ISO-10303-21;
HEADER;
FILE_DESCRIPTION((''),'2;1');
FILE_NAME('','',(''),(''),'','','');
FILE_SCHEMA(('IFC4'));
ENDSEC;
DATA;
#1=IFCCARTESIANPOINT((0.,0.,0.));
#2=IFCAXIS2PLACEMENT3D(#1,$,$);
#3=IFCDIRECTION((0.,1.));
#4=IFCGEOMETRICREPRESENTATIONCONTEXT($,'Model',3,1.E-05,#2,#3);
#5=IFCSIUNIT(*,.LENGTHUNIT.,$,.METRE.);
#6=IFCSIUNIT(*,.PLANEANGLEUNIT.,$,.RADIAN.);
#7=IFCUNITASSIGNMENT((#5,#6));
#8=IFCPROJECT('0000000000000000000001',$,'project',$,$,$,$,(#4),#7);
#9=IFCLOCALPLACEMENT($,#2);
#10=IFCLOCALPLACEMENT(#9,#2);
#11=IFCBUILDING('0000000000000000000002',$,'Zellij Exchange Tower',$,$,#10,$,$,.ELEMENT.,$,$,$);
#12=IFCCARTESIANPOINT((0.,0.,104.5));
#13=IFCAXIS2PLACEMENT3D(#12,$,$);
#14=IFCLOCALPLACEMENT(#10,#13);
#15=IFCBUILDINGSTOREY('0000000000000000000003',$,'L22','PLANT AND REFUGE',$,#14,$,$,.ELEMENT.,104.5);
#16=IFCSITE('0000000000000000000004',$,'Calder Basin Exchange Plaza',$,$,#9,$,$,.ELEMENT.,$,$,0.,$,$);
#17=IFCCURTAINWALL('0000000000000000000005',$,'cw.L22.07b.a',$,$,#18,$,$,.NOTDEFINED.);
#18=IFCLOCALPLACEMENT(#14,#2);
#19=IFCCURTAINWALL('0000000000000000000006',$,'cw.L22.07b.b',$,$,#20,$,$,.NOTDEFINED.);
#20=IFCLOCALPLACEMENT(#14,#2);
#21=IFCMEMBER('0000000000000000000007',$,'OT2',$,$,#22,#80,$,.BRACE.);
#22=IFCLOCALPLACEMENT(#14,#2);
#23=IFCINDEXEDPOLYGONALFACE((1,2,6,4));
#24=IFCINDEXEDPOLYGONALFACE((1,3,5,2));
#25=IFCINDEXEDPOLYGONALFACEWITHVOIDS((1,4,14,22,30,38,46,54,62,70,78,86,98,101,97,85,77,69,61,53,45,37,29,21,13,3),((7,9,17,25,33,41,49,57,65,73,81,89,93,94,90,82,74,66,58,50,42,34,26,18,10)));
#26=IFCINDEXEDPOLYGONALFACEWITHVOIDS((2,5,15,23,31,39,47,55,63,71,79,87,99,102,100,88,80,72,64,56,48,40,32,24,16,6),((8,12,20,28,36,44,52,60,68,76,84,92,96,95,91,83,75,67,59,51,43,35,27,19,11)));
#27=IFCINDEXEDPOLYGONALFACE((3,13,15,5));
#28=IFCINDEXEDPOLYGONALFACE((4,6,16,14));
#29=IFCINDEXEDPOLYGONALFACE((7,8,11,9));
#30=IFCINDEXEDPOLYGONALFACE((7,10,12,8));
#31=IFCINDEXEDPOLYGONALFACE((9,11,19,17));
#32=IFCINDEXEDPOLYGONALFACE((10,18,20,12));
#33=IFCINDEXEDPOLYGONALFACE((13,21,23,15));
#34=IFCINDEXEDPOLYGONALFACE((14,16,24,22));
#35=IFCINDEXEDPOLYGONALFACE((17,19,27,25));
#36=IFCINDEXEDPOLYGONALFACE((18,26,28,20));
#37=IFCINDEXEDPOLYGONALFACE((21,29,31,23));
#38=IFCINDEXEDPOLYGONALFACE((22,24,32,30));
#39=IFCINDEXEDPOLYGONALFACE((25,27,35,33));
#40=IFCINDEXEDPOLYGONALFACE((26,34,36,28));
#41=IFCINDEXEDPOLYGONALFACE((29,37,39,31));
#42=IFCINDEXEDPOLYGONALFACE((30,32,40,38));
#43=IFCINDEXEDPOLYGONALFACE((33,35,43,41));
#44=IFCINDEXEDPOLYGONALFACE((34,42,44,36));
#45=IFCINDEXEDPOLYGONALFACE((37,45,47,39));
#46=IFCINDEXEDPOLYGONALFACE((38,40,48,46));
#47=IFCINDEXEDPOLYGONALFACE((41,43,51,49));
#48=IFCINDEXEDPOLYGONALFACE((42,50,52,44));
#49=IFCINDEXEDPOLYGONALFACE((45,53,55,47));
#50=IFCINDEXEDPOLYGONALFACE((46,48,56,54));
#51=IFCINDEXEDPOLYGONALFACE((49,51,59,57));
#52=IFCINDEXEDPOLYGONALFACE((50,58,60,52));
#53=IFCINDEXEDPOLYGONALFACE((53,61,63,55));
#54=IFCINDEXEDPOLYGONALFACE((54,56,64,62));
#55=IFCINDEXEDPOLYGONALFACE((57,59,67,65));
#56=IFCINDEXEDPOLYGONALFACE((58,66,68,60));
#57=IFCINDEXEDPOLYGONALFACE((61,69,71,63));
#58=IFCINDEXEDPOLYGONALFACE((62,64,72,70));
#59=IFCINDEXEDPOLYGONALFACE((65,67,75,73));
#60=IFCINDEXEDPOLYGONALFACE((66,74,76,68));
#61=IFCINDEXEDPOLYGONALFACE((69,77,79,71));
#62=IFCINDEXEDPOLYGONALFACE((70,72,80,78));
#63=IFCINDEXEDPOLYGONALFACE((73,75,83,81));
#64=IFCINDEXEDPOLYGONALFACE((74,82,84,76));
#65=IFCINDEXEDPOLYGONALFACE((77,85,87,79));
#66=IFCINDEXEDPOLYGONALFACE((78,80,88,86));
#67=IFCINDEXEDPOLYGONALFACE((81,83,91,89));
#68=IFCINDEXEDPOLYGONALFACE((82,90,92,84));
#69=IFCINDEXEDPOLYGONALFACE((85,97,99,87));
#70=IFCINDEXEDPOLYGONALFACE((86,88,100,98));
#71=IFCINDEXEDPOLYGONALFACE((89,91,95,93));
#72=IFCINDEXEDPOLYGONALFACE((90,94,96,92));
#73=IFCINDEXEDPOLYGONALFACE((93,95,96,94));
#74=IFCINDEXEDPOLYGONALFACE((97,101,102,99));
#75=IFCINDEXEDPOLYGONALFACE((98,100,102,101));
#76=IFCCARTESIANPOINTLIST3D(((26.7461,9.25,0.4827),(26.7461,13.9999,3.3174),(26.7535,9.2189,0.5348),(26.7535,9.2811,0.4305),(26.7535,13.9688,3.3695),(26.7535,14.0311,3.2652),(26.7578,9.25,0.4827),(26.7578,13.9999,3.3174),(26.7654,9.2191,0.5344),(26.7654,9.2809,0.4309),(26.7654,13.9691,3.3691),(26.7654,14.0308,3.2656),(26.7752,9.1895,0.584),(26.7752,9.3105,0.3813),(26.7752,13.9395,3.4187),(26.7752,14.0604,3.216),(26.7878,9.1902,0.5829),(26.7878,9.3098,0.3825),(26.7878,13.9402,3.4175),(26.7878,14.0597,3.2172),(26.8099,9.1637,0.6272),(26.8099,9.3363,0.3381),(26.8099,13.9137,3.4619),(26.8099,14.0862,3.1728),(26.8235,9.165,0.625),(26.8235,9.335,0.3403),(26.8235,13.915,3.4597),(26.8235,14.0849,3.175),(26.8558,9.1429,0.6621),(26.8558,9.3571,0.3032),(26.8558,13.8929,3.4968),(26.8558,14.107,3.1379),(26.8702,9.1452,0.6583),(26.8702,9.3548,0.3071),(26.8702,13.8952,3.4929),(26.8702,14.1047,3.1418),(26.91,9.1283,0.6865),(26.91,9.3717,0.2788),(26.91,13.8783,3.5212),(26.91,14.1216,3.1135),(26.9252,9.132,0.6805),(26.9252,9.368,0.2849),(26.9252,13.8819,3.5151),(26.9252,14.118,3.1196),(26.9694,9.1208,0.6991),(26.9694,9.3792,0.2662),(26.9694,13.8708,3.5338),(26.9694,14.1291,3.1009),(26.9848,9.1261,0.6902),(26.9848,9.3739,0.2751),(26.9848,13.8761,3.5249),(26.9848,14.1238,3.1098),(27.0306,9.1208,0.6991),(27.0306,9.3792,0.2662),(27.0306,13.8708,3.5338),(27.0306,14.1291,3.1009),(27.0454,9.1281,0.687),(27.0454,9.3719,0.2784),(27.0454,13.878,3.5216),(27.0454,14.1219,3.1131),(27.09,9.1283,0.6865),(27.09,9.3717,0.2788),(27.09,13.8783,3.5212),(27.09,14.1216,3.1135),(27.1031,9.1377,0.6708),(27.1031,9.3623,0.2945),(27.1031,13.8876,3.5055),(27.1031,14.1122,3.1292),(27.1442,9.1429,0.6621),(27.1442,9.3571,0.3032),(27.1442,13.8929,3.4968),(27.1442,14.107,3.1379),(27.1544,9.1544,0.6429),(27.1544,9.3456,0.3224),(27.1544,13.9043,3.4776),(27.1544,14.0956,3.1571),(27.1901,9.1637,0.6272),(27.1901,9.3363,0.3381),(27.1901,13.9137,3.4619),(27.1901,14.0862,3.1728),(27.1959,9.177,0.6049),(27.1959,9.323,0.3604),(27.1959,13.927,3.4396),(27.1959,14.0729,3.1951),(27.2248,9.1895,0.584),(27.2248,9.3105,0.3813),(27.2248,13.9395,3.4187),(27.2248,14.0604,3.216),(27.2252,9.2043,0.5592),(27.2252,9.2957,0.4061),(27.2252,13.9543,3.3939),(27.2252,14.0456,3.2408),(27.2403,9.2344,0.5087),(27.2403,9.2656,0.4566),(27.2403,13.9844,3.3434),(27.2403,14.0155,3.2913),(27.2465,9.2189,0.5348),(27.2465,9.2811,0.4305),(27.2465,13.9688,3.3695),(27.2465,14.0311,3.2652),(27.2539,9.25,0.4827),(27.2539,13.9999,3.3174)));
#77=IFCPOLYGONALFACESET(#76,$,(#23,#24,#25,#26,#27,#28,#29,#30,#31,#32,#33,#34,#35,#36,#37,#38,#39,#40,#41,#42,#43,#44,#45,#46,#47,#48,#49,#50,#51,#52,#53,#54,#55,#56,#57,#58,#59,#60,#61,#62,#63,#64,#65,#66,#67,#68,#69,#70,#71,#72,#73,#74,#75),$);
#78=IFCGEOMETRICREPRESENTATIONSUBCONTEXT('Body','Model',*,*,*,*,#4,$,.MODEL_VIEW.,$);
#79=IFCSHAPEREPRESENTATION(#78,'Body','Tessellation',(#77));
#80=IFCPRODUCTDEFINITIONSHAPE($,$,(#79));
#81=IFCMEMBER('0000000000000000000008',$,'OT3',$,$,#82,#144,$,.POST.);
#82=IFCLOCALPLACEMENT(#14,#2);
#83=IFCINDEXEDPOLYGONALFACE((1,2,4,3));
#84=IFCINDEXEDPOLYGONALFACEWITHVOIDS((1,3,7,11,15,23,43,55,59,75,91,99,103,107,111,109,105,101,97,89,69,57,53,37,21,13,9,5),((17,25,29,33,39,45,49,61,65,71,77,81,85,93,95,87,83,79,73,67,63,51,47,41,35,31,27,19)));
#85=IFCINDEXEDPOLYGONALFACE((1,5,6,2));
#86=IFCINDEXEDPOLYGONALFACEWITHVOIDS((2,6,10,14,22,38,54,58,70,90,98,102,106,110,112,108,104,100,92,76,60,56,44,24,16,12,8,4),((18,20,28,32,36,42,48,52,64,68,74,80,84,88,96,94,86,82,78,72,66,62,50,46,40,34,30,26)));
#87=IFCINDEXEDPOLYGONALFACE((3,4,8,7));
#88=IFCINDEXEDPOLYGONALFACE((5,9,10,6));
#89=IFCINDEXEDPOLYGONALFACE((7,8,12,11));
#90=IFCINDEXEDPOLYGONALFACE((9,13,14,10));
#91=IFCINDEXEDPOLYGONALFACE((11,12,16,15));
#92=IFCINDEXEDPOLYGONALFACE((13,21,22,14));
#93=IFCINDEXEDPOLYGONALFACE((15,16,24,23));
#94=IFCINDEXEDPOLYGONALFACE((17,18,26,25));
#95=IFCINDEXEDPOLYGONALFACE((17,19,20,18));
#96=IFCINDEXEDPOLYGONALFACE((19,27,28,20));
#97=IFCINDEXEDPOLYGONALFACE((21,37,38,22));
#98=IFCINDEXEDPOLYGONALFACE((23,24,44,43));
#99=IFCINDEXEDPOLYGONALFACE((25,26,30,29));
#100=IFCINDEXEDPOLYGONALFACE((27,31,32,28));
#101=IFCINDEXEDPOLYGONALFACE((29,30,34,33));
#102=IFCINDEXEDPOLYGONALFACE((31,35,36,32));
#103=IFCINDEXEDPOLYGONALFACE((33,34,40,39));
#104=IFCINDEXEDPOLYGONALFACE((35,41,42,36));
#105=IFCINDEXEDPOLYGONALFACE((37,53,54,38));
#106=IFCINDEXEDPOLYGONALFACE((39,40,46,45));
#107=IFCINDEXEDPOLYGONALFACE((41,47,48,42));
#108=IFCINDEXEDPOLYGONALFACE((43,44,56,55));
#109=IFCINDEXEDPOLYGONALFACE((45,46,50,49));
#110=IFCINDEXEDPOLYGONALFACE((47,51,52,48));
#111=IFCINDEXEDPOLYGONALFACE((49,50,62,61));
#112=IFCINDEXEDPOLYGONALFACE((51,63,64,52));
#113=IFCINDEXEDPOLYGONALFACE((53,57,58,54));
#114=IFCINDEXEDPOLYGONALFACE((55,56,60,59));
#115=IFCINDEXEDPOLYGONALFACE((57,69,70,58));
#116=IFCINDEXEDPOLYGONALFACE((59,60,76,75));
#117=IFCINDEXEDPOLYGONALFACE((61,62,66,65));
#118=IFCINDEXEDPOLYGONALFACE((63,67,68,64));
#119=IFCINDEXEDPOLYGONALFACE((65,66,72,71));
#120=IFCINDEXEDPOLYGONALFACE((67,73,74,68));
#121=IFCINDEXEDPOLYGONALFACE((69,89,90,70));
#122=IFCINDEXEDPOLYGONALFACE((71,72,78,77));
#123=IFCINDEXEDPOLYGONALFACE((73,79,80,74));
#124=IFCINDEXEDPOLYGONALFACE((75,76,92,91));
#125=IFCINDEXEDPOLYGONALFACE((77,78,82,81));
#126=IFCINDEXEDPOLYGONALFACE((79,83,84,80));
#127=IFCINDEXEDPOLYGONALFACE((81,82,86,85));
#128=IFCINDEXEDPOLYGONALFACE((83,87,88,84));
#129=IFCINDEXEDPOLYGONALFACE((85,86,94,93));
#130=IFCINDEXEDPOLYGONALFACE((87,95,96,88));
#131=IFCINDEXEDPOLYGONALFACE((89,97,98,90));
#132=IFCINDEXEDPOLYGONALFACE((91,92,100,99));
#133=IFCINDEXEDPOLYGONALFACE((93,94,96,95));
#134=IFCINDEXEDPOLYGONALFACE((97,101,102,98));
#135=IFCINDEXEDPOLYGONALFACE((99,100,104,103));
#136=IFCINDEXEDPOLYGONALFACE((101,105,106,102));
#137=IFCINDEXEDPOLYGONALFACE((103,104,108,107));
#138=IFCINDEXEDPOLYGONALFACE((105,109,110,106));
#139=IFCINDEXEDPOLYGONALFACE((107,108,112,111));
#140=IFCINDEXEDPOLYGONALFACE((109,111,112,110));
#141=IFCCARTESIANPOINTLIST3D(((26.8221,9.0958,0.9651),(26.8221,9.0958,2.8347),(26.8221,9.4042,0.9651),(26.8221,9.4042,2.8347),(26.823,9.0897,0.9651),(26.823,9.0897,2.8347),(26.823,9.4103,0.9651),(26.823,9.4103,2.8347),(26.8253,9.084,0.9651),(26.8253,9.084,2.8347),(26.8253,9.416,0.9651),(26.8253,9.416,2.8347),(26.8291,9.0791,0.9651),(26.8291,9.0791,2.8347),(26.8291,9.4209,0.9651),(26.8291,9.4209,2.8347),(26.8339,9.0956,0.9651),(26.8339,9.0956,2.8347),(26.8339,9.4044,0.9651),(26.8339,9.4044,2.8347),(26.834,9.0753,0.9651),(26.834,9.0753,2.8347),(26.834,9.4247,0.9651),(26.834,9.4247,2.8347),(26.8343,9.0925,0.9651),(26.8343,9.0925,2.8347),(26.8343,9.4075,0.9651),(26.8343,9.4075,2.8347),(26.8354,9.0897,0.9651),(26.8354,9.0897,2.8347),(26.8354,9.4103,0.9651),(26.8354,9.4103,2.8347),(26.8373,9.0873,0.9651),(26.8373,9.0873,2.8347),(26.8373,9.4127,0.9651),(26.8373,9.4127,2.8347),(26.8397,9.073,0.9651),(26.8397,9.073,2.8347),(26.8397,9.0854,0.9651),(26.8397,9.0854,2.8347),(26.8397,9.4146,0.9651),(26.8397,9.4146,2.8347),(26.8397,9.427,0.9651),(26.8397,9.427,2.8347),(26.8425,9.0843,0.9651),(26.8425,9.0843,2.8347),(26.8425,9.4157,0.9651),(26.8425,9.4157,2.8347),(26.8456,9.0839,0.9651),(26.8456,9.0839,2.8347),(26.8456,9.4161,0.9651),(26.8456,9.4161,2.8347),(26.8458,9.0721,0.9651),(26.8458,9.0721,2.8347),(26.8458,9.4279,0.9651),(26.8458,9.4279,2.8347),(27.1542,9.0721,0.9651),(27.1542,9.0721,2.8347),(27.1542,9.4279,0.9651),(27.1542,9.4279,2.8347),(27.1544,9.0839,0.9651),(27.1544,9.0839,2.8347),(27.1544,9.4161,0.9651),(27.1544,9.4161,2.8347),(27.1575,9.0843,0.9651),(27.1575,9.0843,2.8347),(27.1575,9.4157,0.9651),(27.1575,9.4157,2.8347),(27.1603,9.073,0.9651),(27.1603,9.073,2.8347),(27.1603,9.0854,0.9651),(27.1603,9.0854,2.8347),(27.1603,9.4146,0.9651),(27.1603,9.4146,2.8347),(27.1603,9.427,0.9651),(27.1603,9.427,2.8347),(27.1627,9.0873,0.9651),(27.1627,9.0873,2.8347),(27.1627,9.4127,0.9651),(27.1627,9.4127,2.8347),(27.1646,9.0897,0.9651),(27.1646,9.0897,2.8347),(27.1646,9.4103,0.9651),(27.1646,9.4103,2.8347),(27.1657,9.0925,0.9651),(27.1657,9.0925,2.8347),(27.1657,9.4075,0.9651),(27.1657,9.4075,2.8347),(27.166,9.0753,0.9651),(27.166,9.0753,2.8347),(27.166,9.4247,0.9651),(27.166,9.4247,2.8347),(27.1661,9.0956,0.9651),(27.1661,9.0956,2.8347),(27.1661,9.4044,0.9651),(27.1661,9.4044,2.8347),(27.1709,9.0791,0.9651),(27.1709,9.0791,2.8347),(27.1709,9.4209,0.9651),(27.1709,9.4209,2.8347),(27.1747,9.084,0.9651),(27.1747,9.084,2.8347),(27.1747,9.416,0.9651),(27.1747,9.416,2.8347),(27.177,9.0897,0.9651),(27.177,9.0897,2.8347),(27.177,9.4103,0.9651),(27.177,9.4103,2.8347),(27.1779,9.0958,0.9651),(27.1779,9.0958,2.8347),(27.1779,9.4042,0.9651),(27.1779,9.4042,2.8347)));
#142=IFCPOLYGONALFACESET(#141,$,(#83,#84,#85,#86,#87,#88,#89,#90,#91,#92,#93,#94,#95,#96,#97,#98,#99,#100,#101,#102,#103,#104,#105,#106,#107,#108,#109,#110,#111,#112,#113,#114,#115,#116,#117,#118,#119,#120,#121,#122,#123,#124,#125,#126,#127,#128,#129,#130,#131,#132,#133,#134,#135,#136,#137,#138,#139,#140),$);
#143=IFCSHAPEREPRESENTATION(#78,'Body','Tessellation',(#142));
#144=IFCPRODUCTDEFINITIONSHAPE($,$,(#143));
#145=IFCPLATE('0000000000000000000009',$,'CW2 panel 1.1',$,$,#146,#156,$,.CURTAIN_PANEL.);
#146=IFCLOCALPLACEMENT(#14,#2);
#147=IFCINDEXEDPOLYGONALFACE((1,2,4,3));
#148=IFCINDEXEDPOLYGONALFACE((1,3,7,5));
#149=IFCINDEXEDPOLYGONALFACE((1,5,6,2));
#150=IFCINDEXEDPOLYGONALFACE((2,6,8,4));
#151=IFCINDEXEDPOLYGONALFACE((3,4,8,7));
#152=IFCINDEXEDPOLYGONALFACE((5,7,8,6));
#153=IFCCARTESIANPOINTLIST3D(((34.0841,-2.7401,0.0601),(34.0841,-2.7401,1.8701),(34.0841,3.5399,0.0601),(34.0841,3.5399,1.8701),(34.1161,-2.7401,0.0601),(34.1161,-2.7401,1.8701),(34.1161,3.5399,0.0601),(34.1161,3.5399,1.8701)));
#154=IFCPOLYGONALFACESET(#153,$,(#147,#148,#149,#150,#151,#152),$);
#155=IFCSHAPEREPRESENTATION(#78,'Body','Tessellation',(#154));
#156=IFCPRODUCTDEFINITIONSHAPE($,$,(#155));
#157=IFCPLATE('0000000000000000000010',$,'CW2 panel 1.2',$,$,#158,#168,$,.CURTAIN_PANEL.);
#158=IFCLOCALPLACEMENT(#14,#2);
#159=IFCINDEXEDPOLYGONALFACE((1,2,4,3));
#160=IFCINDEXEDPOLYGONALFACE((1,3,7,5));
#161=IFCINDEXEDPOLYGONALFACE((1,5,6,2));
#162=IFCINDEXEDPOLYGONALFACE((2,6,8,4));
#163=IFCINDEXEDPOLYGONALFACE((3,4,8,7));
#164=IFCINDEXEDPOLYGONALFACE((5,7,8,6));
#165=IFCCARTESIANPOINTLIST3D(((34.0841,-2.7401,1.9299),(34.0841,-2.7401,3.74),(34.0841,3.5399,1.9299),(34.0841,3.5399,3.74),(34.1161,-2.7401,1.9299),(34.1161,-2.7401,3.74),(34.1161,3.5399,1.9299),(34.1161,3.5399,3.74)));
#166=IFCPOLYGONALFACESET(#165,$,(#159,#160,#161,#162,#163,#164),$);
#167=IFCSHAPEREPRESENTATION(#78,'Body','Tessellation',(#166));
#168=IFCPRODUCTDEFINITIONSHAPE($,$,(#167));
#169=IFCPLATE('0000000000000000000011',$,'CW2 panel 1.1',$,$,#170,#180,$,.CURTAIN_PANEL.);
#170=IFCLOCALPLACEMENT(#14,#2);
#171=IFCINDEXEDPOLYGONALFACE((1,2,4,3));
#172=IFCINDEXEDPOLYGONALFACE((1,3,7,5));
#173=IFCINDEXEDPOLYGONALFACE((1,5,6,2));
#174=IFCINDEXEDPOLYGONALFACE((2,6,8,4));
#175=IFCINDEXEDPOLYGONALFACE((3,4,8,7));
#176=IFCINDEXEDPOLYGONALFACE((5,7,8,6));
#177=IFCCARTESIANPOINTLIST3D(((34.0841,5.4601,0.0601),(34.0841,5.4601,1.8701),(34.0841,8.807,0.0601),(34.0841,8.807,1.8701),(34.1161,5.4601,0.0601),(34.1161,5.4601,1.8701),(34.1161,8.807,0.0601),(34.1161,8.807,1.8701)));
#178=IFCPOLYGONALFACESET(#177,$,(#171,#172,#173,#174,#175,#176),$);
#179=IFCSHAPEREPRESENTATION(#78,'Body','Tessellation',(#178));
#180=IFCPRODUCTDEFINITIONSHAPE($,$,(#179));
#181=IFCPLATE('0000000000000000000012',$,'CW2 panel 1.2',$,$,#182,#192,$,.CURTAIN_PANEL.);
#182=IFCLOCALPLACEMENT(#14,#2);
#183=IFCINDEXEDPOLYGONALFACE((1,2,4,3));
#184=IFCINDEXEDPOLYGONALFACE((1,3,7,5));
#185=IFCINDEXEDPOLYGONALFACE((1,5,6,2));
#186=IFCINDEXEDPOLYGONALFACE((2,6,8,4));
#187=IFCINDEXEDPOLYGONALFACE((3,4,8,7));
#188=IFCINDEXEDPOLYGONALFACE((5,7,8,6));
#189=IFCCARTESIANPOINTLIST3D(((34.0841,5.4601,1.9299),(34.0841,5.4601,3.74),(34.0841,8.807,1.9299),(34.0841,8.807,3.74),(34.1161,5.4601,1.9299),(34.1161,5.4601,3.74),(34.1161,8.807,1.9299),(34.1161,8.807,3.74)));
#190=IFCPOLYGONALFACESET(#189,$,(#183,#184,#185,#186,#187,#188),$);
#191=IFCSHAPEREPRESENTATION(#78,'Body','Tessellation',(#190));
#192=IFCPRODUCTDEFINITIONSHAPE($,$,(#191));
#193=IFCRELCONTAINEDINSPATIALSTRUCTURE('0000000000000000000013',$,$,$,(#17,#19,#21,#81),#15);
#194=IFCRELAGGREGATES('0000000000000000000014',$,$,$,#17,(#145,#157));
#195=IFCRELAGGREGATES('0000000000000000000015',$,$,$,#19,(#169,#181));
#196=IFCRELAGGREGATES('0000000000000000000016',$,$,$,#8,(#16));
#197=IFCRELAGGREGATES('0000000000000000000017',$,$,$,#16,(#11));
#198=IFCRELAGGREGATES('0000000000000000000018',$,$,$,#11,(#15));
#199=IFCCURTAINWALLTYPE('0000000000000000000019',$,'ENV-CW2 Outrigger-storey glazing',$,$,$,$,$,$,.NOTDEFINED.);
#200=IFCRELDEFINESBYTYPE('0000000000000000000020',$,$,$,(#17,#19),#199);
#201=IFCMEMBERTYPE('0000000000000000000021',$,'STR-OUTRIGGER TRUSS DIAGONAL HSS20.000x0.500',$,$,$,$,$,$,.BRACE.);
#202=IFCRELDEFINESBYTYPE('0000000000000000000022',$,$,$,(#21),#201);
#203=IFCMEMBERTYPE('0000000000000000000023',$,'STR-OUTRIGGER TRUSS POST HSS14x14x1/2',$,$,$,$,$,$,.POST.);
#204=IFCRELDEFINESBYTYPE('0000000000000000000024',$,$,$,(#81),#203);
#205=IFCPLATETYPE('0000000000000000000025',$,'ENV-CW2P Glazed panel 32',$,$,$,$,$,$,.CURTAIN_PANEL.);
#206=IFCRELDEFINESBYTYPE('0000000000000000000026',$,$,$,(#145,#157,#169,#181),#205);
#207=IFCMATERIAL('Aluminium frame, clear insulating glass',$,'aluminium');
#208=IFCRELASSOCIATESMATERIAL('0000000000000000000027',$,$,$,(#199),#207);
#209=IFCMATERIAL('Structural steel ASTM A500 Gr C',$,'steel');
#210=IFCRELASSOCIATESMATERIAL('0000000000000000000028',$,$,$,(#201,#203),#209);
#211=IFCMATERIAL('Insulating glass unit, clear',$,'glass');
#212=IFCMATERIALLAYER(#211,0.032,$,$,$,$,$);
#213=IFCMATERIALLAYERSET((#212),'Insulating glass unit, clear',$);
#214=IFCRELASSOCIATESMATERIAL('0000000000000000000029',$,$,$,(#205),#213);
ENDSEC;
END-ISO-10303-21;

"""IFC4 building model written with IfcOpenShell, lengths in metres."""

from ifc_helpers import new_model, si_unit, direction, frame, origin, origin_2d, place, context, subcontext, project, spatial, rectangle, hollow_rectangle, hollow_circle, extrude, material, layer, layer_set, material_profile, profile_set, type_object, element, aggregate, save


model = new_model("IFC4")

# Units and contexts
model_context = context("Model", 3, precision=1e-05, world=origin(), true_north=direction((0.0, 1.0)))
body_context = subcontext(model_context, "Body", "Model", "MODEL_VIEW")
ifc_project = project(units=[si_unit("LENGTHUNIT", "METRE"), si_unit("PLANEANGLEUNIT", "RADIAN")], contexts=[model_context])

# Site, building, storey
site_placement = place(None, origin())
site = spatial("IfcSite", under=ifc_project, at=site_placement, Name="Calder Basin Exchange Plaza", CompositionType="ELEMENT", RefElevation=0.0)
building_placement = place(site_placement, origin())
building = spatial("IfcBuilding", under=site, at=building_placement, Name="Zellij Exchange Tower", CompositionType="ELEMENT")
storey_placement = place(building_placement, frame((0.0, 0.0, 104.5)))
storey = spatial("IfcBuildingStorey", under=building, at=storey_placement, Name="L22", Description="PLANT AND REFUGE", CompositionType="ELEMENT", Elevation=104.5)

# Curtain wall
ifc_material_1 = material(Name="Aluminium frame, clear insulating glass", Category="aluminium")
curtain_wall_type = type_object("IfcCurtainWallType", Name="ENV-CW2 Outrigger-storey glazing", PredefinedType="NOTDEFINED", material=ifc_material_1)
curtain_wall_1_placement = place(storey_placement, origin())
curtain_wall_1 = element("IfcCurtainWall", 1, at=curtain_wall_1_placement, inside=storey, type_object=curtain_wall_type, Name="cw.L22.07b.a", PredefinedType="NOTDEFINED")

# Curtain wall
curtain_wall_2_placement = place(storey_placement, origin())
curtain_wall_2 = element("IfcCurtainWall", 2, at=curtain_wall_2_placement, inside=storey, type_object=curtain_wall_type, Name="cw.L22.07b.b", PredefinedType="NOTDEFINED")

# Members
ifc_material_2 = material(Name="Structural steel ASTM A500 Gr C", Category="steel")
ifc_material_profile_1 = material_profile(ifc_material_2, hollow_circle(Radius=0.2539, WallThickness=0.0117, at=origin_2d()), Name="STR-OUTRIGGER TRUSS DIAGONAL HSS20.000x0.500")
ifc_profile_set_1 = profile_set([ifc_material_profile_1], Name="Structural steel ASTM A500 Gr C")
member_type_1 = type_object("IfcMemberType", Name="STR-OUTRIGGER TRUSS DIAGONAL HSS20.000x0.500", PredefinedType="BRACE", material=ifc_profile_set_1)
member_1_placement = place(storey_placement, frame((27.0, 9.25, 0.4827), z_axis=(0.0, 0.858709, 0.512463), x_axis=(-1.0, 0.0, 0.0)))
element("IfcMember", 3, at=member_1_placement, inside=storey, type_object=member_type_1, Name="OT2", PredefinedType="BRACE", context=body_context, shape_type="SweptSolid", body=[
    extrude(hollow_circle(Radius=0.2539, WallThickness=0.0117, at=origin_2d()), origin(), (0.0, 0.0, 1.0), 5.5315),
])
ifc_material_profile_2 = material_profile(ifc_material_2, hollow_rectangle(XDim=0.3557, YDim=0.3557, WallThickness=0.0117, InnerFilletRadius=0.0117, OuterFilletRadius=0.0237, at=origin_2d()), Name="STR-OUTRIGGER TRUSS POST HSS14x14x1/2")
ifc_profile_set_2 = profile_set([ifc_material_profile_2], Name="Structural steel ASTM A500 Gr C")
member_type_2 = type_object("IfcMemberType", Name="STR-OUTRIGGER TRUSS POST HSS14x14x1/2", PredefinedType="POST", material=ifc_profile_set_2)
member_2_placement = place(storey_placement, frame((27.0, 9.25, 0.9651), z_axis=(0.0, 0.0, 1.0), x_axis=(1.0, 0.0, 0.0)))
element("IfcMember", 4, at=member_2_placement, inside=storey, type_object=member_type_2, Name="OT3", PredefinedType="POST", context=body_context, shape_type="SweptSolid", body=[
    extrude(hollow_rectangle(XDim=0.3557, YDim=0.3557, WallThickness=0.0117, InnerFilletRadius=0.0117, OuterFilletRadius=0.0237, at=origin_2d()), origin(), (0.0, 0.0, 1.0), 1.8696),
])

# Plates
ifc_material_3 = material(Name="Insulating glass unit, clear", Category="glass")
ifc_layer_1 = layer(ifc_material_3, 0.032)
ifc_layer_set_1 = layer_set([ifc_layer_1], Name="Insulating glass unit, clear")
plate_type = type_object("IfcPlateType", Name="ENV-CW2P Glazed panel 32", PredefinedType="CURTAIN_PANEL", material=ifc_layer_set_1)
plate_1_placement = place(storey_placement, frame((34.1001, 0.3999, 0.0601), z_axis=(0.0, 0.0, 1.0), x_axis=(0.0, 1.0, 0.0)))
plate_1 = element("IfcPlate", 5, at=plate_1_placement, type_object=plate_type, Name="CW2 panel 1.1", PredefinedType="CURTAIN_PANEL", context=body_context, shape_type="SweptSolid", body=[
    extrude(rectangle(XDim=6.28, YDim=0.032, at=origin_2d()), origin(), (0.0, 0.0, 1.0), 1.8101),
])
plate_2_placement = place(storey_placement, frame((34.1001, 0.3999, 1.9299), z_axis=(0.0, 0.0, 1.0), x_axis=(0.0, 1.0, 0.0)))
plate_2 = element("IfcPlate", 6, at=plate_2_placement, type_object=plate_type, Name="CW2 panel 1.2", PredefinedType="CURTAIN_PANEL", context=body_context, shape_type="SweptSolid", body=[
    extrude(rectangle(XDim=6.28, YDim=0.032, at=origin_2d()), origin(), (0.0, 0.0, 1.0), 1.8101),
])
aggregate(curtain_wall_1, [plate_1, plate_2])
plate_3_placement = place(storey_placement, frame((34.1001, 7.1335, 0.0601), z_axis=(0.0, 0.0, 1.0), x_axis=(0.0, 1.0, 0.0)))
plate_3 = element("IfcPlate", 7, at=plate_3_placement, type_object=plate_type, Name="CW2 panel 1.1", PredefinedType="CURTAIN_PANEL", context=body_context, shape_type="SweptSolid", body=[
    extrude(rectangle(XDim=3.3469, YDim=0.032, at=origin_2d()), origin(), (0.0, 0.0, 1.0), 1.8101),
])
plate_4_placement = place(storey_placement, frame((34.1001, 7.1335, 1.9299), z_axis=(0.0, 0.0, 1.0), x_axis=(0.0, 1.0, 0.0)))
plate_4 = element("IfcPlate", 8, at=plate_4_placement, type_object=plate_type, Name="CW2 panel 1.2", PredefinedType="CURTAIN_PANEL", context=body_context, shape_type="SweptSolid", body=[
    extrude(rectangle(XDim=3.3469, YDim=0.032, at=origin_2d()), origin(), (0.0, 0.0, 1.0), 1.8101),
])
aggregate(curtain_wall_2, [plate_3, plate_4])

save(model, "model.ifc")
